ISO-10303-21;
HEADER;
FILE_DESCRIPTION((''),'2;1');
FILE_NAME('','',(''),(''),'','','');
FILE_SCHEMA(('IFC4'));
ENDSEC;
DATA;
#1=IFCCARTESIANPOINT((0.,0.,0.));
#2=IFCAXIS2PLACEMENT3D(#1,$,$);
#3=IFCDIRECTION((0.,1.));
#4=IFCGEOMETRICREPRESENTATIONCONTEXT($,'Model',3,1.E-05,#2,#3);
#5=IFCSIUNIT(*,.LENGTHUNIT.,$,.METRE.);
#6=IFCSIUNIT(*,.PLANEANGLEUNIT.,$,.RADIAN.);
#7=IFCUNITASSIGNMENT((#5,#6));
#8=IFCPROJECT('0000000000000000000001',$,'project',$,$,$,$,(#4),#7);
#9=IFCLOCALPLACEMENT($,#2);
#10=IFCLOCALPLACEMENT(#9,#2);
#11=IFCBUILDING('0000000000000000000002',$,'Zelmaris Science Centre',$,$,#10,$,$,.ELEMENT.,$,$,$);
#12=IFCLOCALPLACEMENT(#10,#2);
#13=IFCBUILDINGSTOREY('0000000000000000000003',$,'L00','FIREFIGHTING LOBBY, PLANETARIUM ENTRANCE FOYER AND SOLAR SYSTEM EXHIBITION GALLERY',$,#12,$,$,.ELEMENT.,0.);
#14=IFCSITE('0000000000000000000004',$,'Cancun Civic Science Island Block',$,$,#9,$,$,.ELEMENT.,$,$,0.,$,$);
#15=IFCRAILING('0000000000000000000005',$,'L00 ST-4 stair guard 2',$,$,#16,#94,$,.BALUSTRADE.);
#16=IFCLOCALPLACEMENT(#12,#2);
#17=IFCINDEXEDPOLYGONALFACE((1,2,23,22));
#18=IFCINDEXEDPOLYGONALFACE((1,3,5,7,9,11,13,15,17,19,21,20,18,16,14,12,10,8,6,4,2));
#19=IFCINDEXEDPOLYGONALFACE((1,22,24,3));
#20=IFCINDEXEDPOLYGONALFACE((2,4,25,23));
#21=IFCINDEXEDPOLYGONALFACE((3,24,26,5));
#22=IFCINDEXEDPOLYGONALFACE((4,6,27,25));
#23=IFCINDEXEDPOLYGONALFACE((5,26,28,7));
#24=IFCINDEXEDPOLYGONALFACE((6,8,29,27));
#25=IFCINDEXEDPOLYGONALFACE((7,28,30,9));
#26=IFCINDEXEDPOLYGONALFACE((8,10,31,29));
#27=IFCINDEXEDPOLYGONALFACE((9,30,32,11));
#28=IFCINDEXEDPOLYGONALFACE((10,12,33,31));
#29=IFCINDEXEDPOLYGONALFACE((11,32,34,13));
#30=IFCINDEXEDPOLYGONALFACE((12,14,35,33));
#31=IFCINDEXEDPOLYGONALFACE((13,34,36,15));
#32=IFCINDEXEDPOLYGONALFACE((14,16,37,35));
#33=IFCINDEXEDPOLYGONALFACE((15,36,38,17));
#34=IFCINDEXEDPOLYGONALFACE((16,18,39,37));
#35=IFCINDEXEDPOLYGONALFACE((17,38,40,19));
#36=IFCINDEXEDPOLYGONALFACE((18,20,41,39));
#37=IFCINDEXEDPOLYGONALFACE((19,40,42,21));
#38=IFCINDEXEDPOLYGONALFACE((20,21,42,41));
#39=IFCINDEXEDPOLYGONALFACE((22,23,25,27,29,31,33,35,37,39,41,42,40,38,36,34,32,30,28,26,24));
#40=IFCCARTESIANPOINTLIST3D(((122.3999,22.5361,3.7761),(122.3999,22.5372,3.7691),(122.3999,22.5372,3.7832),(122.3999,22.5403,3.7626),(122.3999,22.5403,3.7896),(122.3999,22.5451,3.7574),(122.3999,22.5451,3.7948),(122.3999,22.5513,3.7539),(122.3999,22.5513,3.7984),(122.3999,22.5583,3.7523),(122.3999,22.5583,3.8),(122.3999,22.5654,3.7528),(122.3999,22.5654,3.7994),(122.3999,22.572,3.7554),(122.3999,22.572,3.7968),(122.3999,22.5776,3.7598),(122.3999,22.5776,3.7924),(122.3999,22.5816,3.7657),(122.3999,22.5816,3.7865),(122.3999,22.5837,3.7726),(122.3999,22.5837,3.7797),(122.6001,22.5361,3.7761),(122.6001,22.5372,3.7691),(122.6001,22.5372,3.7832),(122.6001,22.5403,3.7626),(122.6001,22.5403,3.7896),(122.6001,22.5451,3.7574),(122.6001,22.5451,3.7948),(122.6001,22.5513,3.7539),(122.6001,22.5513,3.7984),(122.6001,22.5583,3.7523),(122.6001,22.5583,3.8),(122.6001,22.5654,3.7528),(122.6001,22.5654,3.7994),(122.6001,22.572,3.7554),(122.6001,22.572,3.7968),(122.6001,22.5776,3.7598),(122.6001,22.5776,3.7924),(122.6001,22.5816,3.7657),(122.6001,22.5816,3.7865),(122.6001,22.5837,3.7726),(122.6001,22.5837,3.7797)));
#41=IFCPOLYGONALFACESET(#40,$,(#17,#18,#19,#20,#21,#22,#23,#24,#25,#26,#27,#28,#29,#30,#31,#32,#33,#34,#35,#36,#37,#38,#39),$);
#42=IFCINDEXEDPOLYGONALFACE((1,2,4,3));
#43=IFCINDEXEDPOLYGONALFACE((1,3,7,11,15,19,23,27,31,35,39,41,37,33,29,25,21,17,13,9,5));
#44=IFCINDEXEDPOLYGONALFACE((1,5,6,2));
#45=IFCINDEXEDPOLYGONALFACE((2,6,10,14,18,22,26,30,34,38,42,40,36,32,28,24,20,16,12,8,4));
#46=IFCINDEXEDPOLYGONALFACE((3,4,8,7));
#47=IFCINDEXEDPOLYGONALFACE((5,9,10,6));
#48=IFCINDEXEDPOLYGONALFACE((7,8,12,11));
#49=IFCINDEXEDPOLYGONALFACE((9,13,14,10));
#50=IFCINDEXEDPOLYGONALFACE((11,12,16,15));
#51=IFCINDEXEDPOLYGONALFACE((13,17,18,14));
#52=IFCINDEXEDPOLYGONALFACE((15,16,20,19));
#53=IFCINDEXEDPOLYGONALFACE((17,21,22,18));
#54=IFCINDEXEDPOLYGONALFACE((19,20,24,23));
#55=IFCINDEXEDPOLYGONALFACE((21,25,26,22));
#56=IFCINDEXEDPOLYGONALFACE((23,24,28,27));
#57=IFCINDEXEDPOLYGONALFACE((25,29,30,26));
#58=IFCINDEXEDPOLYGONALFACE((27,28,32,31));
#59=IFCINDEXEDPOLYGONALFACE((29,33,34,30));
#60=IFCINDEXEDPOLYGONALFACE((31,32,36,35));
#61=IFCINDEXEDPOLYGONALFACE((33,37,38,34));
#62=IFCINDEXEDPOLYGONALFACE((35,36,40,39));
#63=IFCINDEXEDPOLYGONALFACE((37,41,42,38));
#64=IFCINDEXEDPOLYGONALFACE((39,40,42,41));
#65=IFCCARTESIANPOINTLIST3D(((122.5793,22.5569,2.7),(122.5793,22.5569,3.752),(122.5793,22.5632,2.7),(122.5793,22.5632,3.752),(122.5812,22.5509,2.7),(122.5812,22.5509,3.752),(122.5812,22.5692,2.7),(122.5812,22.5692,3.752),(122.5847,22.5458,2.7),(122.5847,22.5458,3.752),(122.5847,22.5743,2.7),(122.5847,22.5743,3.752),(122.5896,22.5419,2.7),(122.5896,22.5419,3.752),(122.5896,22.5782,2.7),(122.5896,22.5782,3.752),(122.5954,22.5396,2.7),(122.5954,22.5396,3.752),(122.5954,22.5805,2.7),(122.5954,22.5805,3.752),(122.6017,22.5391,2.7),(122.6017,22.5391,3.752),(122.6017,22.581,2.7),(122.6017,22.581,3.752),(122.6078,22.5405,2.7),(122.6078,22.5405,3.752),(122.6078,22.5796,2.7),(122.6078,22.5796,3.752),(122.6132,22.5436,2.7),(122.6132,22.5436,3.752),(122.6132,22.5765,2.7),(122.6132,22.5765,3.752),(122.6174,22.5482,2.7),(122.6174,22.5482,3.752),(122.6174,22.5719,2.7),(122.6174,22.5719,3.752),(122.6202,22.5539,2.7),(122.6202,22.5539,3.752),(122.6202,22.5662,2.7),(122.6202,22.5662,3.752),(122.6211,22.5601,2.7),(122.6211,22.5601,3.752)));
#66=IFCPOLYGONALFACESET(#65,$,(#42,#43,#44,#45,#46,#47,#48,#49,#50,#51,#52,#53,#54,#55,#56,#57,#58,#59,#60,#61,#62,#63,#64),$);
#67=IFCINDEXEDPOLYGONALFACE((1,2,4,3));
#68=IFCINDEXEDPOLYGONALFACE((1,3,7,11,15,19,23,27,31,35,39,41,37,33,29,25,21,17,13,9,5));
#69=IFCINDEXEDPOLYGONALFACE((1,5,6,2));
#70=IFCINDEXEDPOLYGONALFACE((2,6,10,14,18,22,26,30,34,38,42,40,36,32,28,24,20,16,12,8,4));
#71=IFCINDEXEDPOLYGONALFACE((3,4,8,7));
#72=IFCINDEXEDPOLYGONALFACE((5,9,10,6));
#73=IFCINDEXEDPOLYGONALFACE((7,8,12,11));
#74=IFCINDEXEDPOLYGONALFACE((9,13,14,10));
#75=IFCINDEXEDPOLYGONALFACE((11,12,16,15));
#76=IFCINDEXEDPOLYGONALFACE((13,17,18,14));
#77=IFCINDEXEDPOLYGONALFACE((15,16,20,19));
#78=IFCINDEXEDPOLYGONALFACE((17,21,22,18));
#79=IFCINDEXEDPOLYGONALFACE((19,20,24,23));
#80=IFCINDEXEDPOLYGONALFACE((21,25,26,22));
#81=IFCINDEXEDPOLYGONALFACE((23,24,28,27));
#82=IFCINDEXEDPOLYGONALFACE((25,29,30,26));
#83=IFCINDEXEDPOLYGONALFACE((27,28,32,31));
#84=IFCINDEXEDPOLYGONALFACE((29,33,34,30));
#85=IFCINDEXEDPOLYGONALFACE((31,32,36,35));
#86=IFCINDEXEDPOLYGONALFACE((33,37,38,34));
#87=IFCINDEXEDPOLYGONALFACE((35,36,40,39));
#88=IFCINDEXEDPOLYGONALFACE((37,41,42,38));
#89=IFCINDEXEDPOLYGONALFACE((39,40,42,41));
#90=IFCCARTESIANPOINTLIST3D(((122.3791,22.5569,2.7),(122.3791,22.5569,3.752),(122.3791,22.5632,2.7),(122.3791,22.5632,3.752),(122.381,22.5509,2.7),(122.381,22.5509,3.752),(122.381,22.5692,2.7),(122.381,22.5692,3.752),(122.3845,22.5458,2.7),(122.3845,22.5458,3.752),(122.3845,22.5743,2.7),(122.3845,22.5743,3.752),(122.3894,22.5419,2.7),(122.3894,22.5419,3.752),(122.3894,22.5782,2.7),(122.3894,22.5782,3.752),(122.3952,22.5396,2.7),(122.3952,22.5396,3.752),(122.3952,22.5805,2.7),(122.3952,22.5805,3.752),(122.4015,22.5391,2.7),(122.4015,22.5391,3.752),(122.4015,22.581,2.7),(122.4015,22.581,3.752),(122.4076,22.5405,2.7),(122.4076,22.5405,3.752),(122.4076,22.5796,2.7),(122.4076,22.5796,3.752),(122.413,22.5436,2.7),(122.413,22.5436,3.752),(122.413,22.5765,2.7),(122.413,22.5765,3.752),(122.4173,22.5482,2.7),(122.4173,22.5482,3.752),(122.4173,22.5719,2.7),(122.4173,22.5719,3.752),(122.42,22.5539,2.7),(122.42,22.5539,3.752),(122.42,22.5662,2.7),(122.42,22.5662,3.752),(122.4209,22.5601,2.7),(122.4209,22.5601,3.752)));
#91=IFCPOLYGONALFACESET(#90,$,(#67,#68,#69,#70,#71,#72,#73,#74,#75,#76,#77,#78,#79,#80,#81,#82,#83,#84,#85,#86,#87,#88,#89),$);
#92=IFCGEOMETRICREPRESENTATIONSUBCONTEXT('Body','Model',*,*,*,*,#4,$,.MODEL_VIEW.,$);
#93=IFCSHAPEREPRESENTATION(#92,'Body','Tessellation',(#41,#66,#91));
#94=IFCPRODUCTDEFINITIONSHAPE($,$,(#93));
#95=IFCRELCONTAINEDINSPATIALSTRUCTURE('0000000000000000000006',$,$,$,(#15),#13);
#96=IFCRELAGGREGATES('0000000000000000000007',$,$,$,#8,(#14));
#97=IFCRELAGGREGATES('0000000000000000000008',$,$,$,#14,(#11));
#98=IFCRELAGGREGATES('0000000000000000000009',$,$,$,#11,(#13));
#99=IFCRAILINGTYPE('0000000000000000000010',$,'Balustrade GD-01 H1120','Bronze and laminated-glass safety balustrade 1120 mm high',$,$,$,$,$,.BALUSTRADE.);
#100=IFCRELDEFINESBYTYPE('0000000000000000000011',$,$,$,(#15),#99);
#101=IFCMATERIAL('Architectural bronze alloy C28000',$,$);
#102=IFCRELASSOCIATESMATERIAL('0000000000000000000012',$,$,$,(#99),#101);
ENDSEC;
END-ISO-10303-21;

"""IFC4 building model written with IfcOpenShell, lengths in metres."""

from ifc_helpers import new_model, si_unit, direction, frame, origin, origin_2d, place, context, subcontext, project, spatial, circle, extrude, material, type_object, element, save


model = new_model("IFC4")

# Units and contexts
model_context = context("Model", 3, precision=1e-05, world=origin(), true_north=direction((0.0, 1.0)))
body_context = subcontext(model_context, "Body", "Model", "MODEL_VIEW")
ifc_project = project(units=[si_unit("LENGTHUNIT", "METRE"), si_unit("PLANEANGLEUNIT", "RADIAN")], contexts=[model_context])

# Site, building, storey
site_placement = place(None, origin())
site = spatial("IfcSite", under=ifc_project, at=site_placement, Name="Cancun Civic Science Island Block", CompositionType="ELEMENT", RefElevation=0.0)
building_placement = place(site_placement, origin())
building = spatial("IfcBuilding", under=site, at=building_placement, Name="Zelmaris Science Centre", CompositionType="ELEMENT")
storey_placement = place(building_placement, origin())
storey = spatial("IfcBuildingStorey", under=building, at=storey_placement, Name="L00", Description="FIREFIGHTING LOBBY, PLANETARIUM ENTRANCE FOYER AND SOLAR SYSTEM EXHIBITION GALLERY", CompositionType="ELEMENT", Elevation=0.0)

# Shared definitions
ifc_material_1 = material(Name="Architectural bronze alloy C28000")

# Railing
railing_type_1 = type_object("IfcRailingType", Name="Balustrade GD-01 H1120", Description="Bronze and laminated-glass safety balustrade 1120 mm high", PredefinedType="BALUSTRADE", material=ifc_material_1)
railing_1_placement = place(storey_placement, frame((122.6001, 22.5601, 2.7)))
element("IfcRailing", 1, at=railing_1_placement, inside=storey, type_object=railing_type_1, Name="L00 ST-4 stair guard 2", PredefinedType="BALUSTRADE", context=body_context, shape_type="SweptSolid", body=[
    extrude(circle(Radius=0.0239, at=origin_2d()), frame((0.0, 0.0, 1.0762), z_axis=(-1.0, 0.0, 0.0), x_axis=(0.0, -1.0, 0.0)), (0.0, 0.0, 1.0), 0.2002),
    extrude(circle(Radius=0.021, at=origin_2d()), origin(), (0.0, 0.0, 1.0), 1.052),
    extrude(circle(Radius=0.021, at=origin_2d()), frame((-0.2002, 0.0, 0.0)), (0.0, 0.0, 1.0), 1.052),
])

save(model, "model.ifc")
